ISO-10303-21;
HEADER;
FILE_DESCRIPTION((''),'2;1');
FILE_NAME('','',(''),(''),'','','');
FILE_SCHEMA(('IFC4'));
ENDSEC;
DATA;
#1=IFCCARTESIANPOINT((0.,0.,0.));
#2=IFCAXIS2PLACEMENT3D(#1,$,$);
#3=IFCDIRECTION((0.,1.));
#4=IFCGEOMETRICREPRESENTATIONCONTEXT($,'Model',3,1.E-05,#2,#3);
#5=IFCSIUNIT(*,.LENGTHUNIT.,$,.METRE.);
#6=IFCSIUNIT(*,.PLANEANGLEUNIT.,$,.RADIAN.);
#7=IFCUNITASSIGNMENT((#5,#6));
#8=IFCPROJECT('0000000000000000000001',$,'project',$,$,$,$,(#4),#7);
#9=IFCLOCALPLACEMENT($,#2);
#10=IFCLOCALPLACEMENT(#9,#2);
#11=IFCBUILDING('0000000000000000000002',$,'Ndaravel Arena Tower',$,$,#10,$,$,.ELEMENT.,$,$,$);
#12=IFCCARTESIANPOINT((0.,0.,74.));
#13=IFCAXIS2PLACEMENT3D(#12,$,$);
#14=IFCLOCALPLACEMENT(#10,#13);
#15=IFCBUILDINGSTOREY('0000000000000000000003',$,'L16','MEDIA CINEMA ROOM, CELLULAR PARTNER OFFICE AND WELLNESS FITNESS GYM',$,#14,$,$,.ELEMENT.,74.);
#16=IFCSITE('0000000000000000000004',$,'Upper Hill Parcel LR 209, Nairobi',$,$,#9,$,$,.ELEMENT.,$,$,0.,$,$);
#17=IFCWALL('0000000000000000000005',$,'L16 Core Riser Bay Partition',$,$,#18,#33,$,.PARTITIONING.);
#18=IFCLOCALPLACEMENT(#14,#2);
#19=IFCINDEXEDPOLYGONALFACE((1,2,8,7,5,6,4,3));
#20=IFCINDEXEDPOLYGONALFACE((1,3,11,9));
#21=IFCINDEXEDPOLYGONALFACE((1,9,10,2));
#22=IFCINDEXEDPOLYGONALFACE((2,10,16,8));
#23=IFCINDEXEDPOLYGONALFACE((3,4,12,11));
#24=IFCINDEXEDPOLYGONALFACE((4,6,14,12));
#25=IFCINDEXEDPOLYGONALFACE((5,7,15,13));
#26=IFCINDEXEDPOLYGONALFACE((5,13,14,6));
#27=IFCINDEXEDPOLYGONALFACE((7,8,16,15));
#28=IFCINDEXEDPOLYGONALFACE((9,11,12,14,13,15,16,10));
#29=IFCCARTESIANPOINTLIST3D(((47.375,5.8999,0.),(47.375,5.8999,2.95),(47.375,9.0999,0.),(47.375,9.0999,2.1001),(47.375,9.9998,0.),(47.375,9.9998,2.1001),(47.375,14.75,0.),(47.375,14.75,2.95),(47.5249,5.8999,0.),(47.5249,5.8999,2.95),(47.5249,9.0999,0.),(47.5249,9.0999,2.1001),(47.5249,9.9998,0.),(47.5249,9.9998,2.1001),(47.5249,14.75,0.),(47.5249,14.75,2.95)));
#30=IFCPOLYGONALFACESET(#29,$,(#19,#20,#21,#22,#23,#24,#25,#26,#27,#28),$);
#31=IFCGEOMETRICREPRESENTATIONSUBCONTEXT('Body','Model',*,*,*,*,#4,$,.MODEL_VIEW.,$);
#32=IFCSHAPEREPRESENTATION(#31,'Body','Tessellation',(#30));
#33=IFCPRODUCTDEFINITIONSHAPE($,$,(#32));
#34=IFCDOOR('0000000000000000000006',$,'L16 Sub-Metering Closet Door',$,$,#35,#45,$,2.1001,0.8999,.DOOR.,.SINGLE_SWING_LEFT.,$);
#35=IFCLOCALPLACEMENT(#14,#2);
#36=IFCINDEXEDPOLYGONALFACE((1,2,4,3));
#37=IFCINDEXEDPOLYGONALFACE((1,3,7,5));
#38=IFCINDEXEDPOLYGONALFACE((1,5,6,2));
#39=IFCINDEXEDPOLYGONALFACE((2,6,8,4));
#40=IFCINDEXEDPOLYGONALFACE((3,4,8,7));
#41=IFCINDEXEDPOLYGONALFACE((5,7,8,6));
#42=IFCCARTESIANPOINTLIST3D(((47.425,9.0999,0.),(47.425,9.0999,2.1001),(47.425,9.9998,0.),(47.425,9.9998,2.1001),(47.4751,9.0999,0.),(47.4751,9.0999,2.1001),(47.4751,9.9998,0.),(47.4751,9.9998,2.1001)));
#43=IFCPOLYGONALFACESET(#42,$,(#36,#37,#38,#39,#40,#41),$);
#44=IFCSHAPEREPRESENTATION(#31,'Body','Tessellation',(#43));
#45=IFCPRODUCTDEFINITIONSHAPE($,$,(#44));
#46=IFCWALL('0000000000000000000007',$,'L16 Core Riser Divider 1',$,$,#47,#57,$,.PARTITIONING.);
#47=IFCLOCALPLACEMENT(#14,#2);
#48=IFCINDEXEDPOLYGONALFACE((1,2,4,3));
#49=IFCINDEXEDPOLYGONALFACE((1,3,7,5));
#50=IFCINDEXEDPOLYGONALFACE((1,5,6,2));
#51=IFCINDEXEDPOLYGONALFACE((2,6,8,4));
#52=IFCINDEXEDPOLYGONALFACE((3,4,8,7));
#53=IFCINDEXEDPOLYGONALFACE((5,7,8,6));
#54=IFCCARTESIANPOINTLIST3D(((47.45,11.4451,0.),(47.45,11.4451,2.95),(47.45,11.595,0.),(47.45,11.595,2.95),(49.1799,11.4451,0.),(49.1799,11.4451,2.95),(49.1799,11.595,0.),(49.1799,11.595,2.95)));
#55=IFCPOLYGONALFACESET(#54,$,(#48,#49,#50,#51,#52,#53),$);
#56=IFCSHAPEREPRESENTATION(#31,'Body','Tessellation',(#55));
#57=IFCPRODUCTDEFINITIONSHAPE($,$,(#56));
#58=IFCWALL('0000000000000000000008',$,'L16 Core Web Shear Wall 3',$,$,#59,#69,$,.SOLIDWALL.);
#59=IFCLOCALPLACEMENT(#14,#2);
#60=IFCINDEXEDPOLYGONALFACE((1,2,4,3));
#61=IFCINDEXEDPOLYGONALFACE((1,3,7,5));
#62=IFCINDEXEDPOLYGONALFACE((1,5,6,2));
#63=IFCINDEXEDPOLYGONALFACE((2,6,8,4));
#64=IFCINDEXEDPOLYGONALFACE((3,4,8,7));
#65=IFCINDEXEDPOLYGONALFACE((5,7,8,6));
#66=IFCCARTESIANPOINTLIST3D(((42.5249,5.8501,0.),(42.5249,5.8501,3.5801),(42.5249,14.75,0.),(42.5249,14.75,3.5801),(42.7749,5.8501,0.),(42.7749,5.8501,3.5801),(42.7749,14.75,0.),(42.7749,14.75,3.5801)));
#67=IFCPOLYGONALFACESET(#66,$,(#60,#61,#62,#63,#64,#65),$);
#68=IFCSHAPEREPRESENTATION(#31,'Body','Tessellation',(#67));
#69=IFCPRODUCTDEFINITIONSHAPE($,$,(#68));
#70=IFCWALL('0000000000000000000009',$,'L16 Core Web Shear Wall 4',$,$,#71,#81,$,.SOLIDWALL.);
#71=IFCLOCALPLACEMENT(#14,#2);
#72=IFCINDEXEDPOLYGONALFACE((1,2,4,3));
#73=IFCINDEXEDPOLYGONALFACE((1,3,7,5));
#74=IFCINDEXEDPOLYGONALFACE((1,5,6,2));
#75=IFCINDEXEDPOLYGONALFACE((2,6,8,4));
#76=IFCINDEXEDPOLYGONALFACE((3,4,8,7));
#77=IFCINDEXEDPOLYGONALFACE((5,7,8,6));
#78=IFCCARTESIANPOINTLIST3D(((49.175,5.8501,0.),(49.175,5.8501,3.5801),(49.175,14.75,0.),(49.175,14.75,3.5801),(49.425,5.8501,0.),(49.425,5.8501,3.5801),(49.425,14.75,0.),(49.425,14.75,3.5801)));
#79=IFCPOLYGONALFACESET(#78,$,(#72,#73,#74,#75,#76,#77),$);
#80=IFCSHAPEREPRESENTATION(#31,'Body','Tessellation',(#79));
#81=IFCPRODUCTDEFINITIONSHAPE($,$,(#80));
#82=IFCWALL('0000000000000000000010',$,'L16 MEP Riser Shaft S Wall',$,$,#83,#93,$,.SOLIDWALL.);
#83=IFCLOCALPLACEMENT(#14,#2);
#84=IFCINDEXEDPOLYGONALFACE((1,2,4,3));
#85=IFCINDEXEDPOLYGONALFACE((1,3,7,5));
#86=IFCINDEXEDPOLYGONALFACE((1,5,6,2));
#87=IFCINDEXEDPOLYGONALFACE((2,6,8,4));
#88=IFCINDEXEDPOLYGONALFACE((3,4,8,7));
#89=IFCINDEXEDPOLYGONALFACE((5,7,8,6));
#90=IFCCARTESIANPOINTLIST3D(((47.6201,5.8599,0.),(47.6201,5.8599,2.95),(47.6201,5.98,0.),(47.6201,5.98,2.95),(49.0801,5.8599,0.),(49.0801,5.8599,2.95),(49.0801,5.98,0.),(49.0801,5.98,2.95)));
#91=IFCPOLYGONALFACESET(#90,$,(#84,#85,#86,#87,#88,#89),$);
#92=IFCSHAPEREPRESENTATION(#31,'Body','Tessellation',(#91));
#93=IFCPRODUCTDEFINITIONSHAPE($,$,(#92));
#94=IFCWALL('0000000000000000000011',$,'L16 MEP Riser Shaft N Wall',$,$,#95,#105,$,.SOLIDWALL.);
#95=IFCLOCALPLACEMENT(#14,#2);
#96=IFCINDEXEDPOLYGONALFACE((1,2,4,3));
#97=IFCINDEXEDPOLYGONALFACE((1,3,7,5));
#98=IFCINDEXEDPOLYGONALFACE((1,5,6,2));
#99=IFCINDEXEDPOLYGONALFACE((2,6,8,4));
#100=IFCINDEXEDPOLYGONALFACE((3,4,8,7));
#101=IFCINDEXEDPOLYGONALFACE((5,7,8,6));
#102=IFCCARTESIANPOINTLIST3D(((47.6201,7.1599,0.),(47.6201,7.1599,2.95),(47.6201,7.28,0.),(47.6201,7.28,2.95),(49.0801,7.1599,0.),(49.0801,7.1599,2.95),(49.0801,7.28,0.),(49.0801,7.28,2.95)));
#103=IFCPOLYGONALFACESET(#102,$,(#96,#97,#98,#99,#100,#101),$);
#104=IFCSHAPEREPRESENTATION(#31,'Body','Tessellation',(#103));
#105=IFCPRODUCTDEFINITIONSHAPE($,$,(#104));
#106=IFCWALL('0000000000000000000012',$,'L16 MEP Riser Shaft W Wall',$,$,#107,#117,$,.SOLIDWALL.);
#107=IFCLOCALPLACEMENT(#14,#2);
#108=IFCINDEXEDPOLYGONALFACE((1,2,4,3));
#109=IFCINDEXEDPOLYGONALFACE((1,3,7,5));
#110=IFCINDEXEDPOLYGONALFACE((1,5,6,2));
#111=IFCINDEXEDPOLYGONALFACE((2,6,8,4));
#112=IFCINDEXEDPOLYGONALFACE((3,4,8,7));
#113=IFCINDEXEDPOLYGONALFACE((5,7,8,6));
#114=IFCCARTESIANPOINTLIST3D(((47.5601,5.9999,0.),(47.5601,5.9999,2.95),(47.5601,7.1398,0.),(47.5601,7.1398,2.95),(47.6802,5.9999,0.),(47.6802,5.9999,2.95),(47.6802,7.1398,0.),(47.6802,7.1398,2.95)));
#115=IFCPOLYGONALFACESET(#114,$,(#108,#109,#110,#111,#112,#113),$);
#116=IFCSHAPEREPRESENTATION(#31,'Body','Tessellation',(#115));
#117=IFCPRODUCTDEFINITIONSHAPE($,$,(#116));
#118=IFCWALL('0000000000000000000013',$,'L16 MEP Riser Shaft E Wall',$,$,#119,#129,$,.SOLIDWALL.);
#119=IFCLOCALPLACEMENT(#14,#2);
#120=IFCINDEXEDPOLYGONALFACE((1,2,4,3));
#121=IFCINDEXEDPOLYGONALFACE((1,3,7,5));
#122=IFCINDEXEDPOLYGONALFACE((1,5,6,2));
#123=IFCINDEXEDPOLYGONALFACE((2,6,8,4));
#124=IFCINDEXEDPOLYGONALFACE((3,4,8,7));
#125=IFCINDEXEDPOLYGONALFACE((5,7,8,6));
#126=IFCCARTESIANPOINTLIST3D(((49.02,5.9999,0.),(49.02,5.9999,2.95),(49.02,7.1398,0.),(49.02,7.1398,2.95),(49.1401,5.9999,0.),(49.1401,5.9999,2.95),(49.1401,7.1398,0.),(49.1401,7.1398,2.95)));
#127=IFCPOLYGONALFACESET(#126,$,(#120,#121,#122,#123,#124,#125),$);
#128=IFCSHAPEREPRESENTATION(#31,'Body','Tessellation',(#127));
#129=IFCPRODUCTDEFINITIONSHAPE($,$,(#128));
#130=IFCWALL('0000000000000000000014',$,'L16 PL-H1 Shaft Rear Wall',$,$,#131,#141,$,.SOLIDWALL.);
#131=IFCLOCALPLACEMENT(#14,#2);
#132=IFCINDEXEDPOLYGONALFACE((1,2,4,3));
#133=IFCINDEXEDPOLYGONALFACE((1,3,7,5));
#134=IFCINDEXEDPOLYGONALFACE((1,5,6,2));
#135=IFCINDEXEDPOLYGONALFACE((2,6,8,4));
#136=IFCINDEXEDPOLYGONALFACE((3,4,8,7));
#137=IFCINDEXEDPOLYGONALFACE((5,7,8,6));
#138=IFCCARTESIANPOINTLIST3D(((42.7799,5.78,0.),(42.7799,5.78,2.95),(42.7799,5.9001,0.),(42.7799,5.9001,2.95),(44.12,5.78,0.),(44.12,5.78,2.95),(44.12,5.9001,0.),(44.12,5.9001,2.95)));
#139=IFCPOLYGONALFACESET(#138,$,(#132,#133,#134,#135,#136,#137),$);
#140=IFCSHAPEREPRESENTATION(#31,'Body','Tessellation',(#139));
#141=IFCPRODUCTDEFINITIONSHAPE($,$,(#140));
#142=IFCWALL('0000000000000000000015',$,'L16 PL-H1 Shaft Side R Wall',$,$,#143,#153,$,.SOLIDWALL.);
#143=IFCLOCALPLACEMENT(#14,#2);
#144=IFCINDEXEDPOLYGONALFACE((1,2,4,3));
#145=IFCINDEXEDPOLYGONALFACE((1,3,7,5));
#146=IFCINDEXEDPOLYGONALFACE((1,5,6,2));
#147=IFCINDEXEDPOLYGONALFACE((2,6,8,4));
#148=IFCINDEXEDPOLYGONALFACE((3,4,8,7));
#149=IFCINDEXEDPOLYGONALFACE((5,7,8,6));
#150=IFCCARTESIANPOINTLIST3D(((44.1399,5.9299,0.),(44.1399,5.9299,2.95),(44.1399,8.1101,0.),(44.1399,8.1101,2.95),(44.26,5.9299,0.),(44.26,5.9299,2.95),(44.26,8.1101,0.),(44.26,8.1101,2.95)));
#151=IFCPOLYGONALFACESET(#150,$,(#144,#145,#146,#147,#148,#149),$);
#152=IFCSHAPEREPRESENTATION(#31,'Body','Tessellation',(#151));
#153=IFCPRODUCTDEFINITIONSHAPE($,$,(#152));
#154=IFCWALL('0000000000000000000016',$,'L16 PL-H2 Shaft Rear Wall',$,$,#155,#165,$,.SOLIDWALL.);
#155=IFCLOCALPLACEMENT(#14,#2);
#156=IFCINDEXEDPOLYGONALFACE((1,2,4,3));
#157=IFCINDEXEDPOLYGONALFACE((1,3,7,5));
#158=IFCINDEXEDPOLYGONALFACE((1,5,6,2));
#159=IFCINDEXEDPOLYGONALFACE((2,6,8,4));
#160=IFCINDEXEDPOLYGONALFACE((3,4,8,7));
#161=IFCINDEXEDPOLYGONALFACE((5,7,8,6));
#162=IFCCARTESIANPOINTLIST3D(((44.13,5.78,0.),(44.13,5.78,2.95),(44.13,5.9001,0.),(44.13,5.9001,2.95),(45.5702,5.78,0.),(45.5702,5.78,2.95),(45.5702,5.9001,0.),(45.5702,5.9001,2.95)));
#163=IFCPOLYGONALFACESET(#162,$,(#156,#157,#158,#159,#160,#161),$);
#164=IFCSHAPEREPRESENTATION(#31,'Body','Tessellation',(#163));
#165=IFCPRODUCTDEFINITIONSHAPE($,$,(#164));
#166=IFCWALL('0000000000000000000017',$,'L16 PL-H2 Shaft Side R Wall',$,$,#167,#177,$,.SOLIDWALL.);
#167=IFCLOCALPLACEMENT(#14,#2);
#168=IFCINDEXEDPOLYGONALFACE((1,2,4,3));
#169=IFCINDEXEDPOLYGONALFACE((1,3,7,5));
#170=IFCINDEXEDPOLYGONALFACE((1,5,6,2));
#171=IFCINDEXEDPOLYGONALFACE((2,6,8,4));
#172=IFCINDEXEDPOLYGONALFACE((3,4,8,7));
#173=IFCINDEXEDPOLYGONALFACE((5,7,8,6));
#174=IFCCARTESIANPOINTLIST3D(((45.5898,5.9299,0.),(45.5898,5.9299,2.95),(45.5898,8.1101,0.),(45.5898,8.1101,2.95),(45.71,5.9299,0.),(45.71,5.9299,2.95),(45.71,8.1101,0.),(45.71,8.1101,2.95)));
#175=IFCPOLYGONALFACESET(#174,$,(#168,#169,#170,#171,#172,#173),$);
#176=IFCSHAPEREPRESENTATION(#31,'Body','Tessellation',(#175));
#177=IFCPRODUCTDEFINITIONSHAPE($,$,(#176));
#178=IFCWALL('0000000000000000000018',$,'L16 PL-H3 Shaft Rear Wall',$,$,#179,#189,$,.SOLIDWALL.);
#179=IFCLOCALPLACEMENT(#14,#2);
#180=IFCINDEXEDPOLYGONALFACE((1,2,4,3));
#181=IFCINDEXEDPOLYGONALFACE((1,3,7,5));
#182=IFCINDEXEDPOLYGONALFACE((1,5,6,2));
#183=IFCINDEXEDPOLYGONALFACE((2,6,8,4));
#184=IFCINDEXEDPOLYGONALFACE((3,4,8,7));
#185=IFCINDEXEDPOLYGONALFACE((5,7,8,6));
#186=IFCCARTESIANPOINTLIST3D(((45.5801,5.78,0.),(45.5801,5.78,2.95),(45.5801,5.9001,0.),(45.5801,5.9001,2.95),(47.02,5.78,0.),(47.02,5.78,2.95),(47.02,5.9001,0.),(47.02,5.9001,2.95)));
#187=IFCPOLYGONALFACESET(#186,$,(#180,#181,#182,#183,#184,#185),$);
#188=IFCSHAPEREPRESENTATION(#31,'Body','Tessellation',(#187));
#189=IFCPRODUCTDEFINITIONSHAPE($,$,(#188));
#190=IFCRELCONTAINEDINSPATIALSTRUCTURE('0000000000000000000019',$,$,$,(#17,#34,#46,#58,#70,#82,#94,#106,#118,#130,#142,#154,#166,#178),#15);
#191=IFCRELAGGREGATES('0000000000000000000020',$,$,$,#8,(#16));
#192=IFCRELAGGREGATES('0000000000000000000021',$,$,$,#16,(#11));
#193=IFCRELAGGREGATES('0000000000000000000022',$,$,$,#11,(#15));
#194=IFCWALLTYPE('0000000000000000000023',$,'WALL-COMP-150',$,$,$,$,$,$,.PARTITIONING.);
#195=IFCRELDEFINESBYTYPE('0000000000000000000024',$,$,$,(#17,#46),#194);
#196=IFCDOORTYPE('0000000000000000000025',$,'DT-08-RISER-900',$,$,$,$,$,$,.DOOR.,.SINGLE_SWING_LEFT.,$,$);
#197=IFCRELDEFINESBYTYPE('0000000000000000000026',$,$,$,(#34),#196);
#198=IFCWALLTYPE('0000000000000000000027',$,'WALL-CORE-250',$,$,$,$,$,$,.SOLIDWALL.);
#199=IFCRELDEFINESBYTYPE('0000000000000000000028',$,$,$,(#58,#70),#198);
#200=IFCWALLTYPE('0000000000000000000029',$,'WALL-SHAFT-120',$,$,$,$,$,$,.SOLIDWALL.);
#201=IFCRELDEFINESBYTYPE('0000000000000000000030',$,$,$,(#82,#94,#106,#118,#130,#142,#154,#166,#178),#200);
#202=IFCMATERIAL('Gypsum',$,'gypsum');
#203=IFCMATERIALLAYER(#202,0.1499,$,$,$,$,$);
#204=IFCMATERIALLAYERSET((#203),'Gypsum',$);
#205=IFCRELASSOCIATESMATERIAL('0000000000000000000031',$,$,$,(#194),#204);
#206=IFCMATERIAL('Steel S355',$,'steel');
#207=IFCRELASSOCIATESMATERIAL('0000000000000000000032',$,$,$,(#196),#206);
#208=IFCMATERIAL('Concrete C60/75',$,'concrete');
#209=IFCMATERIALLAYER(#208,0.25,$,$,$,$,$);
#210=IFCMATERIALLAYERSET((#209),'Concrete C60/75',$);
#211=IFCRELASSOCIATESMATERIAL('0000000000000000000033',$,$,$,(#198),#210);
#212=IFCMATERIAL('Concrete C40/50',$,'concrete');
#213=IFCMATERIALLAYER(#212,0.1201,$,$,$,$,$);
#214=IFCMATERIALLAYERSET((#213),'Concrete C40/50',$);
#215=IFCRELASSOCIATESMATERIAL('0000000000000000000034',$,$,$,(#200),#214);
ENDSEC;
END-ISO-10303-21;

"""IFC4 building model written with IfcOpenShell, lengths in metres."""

from ifc_helpers import new_model, si_unit, direction, frame, frame_2d, origin, place, context, subcontext, project, spatial, rectangle, extrude, material, layer, layer_set, type_object, element, fill, save


model = new_model("IFC4")

# Units and contexts
model_context = context("Model", 3, precision=1e-05, world=origin(), true_north=direction((0.0, 1.0)))
body_context = subcontext(model_context, "Body", "Model", "MODEL_VIEW")
ifc_project = project(units=[si_unit("LENGTHUNIT", "METRE"), si_unit("PLANEANGLEUNIT", "RADIAN")], contexts=[model_context])

# Site, building, storey
site_placement = place(None, origin())
site = spatial("IfcSite", under=ifc_project, at=site_placement, Name="Upper Hill Parcel LR 209, Nairobi", CompositionType="ELEMENT", RefElevation=0.0)
building_placement = place(site_placement, origin())
building = spatial("IfcBuilding", under=site, at=building_placement, Name="Ndaravel Arena Tower", CompositionType="ELEMENT")
storey_placement = place(building_placement, frame((0.0, 0.0, 74.0)))
storey = spatial("IfcBuildingStorey", under=building, at=storey_placement, Name="L16", Description="MEDIA CINEMA ROOM, CELLULAR PARTNER OFFICE AND WELLNESS FITNESS GYM", CompositionType="ELEMENT", Elevation=74.0)

# Wall, opening, door
ifc_material_1 = material(Name="Gypsum", Category="gypsum")
ifc_layer_1 = layer(ifc_material_1, 0.1499)
ifc_layer_set_1 = layer_set([ifc_layer_1], Name="Gypsum")
wall_type_1 = type_object("IfcWallType", Name="WALL-COMP-150", PredefinedType="PARTITIONING", material=ifc_layer_set_1)
wall_1_placement = place(storey_placement, frame((47.45, 5.8999, 0.0), z_axis=(0.0, 0.0, 1.0), x_axis=(0.0, 1.0, 0.0)))
wall_1 = element("IfcWall", 1, at=wall_1_placement, inside=storey, type_object=wall_type_1, Name="L16 Core Riser Bay Partition", PredefinedType="PARTITIONING", context=body_context, shape_type="SweptSolid", body=[
    extrude(rectangle(XDim=8.8501, YDim=0.1499, at=frame_2d((4.425, 0.0))), origin(), (0.0, 0.0, 1.0), 2.95),
])
opening_1_placement = place(wall_1_placement, frame((3.2, 0.0, 0.0)))
opening_1 = element("IfcOpeningElement", 2, at=opening_1_placement, cuts=wall_1, PredefinedType="OPENING", context=body_context, shape_type="SweptSolid", body=[
    extrude(rectangle(XDim=0.8999, YDim=2.1001, at=frame_2d((0.45, 1.05))), frame((0.0, 0.075, 0.0), z_axis=(0.0, -1.0, 0.0), x_axis=(1.0, 0.0, 0.0)), (0.0, 0.0, 1.0), 0.1499),
])
ifc_material_2 = material(Name="Steel S355", Category="steel")
door_type_1 = type_object("IfcDoorType", Name="DT-08-RISER-900", OperationType="SINGLE_SWING_LEFT", PredefinedType="DOOR", material=ifc_material_2)
door_1_placement = place(opening_1_placement, origin())
door_1 = element("IfcDoor", 3, at=door_1_placement, inside=storey, type_object=door_type_1, Name="L16 Sub-Metering Closet Door", OperationType="SINGLE_SWING_LEFT", OverallHeight=2.1001, OverallWidth=0.8999, PredefinedType="DOOR", context=body_context, shape_type="SweptSolid", body=[
    extrude(rectangle(XDim=0.8999, YDim=2.1001, at=frame_2d((0.45, 1.05))), frame((0.0, 0.0249, 0.0), z_axis=(0.0, -1.0, 0.0), x_axis=(1.0, 0.0, 0.0)), (0.0, 0.0, 1.0), 0.05),
])
fill(opening_1, door_1)

# Walls
wall_2_placement = place(storey_placement, frame((47.45, 11.52, 0.0), z_axis=(0.0, 0.0, 1.0), x_axis=(1.0, 0.0, 0.0)))
element("IfcWall", 4, at=wall_2_placement, inside=storey, type_object=wall_type_1, Name="L16 Core Riser Divider 1", PredefinedType="PARTITIONING", context=body_context, shape_type="SweptSolid", body=[
    extrude(rectangle(XDim=1.73, YDim=0.1499, at=frame_2d((0.865, 0.0))), origin(), (0.0, 0.0, 1.0), 2.95),
])
ifc_material_3 = material(Name="Concrete C60/75", Category="concrete")
ifc_layer_2 = layer(ifc_material_3, 0.25)
ifc_layer_set_2 = layer_set([ifc_layer_2], Name="Concrete C60/75")
wall_type_2 = type_object("IfcWallType", Name="WALL-CORE-250", PredefinedType="SOLIDWALL", material=ifc_layer_set_2)
for number, where, z_axis, x_axis, name in (
    (5, (42.6499, 5.8501, 0.0), (0.0, 0.0, 1.0), (0.0, 1.0, 0.0), "L16 Core Web Shear Wall 3"),
    (6, (49.3, 5.8501, 0.0), (0.0, 0.0, 1.0), (0.0, 1.0, 0.0), "L16 Core Web Shear Wall 4"),
):
    element("IfcWall", number, at=place(storey_placement, frame(where, z_axis=z_axis, x_axis=x_axis)), inside=storey, type_object=wall_type_2, Name=name, PredefinedType="SOLIDWALL", context=body_context, shape_type="SweptSolid", body=[
        extrude(rectangle(XDim=8.8999, YDim=0.25, at=frame_2d((4.45, 0.0))), origin(), (0.0, 0.0, 1.0), 3.5801),
    ])
ifc_material_4 = material(Name="Concrete C40/50", Category="concrete")
ifc_layer_3 = layer(ifc_material_4, 0.1201)
ifc_layer_set_3 = layer_set([ifc_layer_3], Name="Concrete C40/50")
wall_type_3 = type_object("IfcWallType", Name="WALL-SHAFT-120", PredefinedType="SOLIDWALL", material=ifc_layer_set_3)
for number, where, z_axis, x_axis, name in (
    (7, (47.6201, 5.9199, 0.0), (0.0, 0.0, 1.0), (1.0, 0.0, 0.0), "L16 MEP Riser Shaft S Wall"),
    (8, (47.6201, 7.22, 0.0), (0.0, 0.0, 1.0), (1.0, 0.0, 0.0), "L16 MEP Riser Shaft N Wall"),
):
    element("IfcWall", number, at=place(storey_placement, frame(where, z_axis=z_axis, x_axis=x_axis)), inside=storey, type_object=wall_type_3, Name=name, PredefinedType="SOLIDWALL", context=body_context, shape_type="SweptSolid", body=[
        extrude(rectangle(XDim=1.46, YDim=0.1201, at=frame_2d((0.73, 0.0))), origin(), (0.0, 0.0, 1.0), 2.95),
    ])
for number, where, z_axis, x_axis, name in (
    (9, (47.6201, 6.0, 0.0), (0.0, 0.0, 1.0), (0.0, 1.0, 0.0), "L16 MEP Riser Shaft W Wall"),
    (10, (49.0801, 6.0, 0.0), (0.0, 0.0, 1.0), (0.0, 1.0, 0.0), "L16 MEP Riser Shaft E Wall"),
):
    element("IfcWall", number, at=place(storey_placement, frame(where, z_axis=z_axis, x_axis=x_axis)), inside=storey, type_object=wall_type_3, Name=name, PredefinedType="SOLIDWALL", context=body_context, shape_type="SweptSolid", body=[
        extrude(rectangle(XDim=1.1399, YDim=0.1201, at=frame_2d((0.5698, 0.0))), origin(), (0.0, 0.0, 1.0), 2.95),
    ])
wall_3_placement = place(storey_placement, frame((42.78, 5.8401, 0.0), z_axis=(0.0, 0.0, 1.0), x_axis=(1.0, 0.0, 0.0)))
element("IfcWall", 11, at=wall_3_placement, inside=storey, type_object=wall_type_3, Name="L16 PL-H1 Shaft Rear Wall", PredefinedType="SOLIDWALL", context=body_context, shape_type="SweptSolid", body=[
    extrude(rectangle(XDim=1.3401, YDim=0.1201, at=frame_2d((0.6699, 0.0))), origin(), (0.0, 0.0, 1.0), 2.95),
])
wall_4_placement = place(storey_placement, frame((44.2, 5.9299, 0.0), z_axis=(0.0, 0.0, 1.0), x_axis=(0.0, 1.0, 0.0)))
element("IfcWall", 12, at=wall_4_placement, inside=storey, type_object=wall_type_3, Name="L16 PL-H1 Shaft Side R Wall", PredefinedType="SOLIDWALL", context=body_context, shape_type="SweptSolid", body=[
    extrude(rectangle(XDim=2.1802, YDim=0.1201, at=frame_2d((1.0901, 0.0))), origin(), (0.0, 0.0, 1.0), 2.95),
])
wall_5_placement = place(storey_placement, frame((44.1299, 5.8401, 0.0), z_axis=(0.0, 0.0, 1.0), x_axis=(1.0, 0.0, 0.0)))
element("IfcWall", 13, at=wall_5_placement, inside=storey, type_object=wall_type_3, Name="L16 PL-H2 Shaft Rear Wall", PredefinedType="SOLIDWALL", context=body_context, shape_type="SweptSolid", body=[
    extrude(rectangle(XDim=1.4402, YDim=0.1201, at=frame_2d((0.7202, 0.0))), origin(), (0.0, 0.0, 1.0), 2.95),
])
wall_6_placement = place(storey_placement, frame((45.6499, 5.9299, 0.0), z_axis=(0.0, 0.0, 1.0), x_axis=(0.0, 1.0, 0.0)))
element("IfcWall", 14, at=wall_6_placement, inside=storey, type_object=wall_type_3, Name="L16 PL-H2 Shaft Side R Wall", PredefinedType="SOLIDWALL", context=body_context, shape_type="SweptSolid", body=[
    extrude(rectangle(XDim=2.1802, YDim=0.1201, at=frame_2d((1.0901, 0.0))), origin(), (0.0, 0.0, 1.0), 2.95),
])
wall_7_placement = place(storey_placement, frame((45.5801, 5.8401, 0.0), z_axis=(0.0, 0.0, 1.0), x_axis=(1.0, 0.0, 0.0)))
element("IfcWall", 15, at=wall_7_placement, inside=storey, type_object=wall_type_3, Name="L16 PL-H3 Shaft Rear Wall", PredefinedType="SOLIDWALL", context=body_context, shape_type="SweptSolid", body=[
    extrude(rectangle(XDim=1.4399, YDim=0.1201, at=frame_2d((0.72, 0.0))), origin(), (0.0, 0.0, 1.0), 2.95),
])

save(model, "model.ifc")
